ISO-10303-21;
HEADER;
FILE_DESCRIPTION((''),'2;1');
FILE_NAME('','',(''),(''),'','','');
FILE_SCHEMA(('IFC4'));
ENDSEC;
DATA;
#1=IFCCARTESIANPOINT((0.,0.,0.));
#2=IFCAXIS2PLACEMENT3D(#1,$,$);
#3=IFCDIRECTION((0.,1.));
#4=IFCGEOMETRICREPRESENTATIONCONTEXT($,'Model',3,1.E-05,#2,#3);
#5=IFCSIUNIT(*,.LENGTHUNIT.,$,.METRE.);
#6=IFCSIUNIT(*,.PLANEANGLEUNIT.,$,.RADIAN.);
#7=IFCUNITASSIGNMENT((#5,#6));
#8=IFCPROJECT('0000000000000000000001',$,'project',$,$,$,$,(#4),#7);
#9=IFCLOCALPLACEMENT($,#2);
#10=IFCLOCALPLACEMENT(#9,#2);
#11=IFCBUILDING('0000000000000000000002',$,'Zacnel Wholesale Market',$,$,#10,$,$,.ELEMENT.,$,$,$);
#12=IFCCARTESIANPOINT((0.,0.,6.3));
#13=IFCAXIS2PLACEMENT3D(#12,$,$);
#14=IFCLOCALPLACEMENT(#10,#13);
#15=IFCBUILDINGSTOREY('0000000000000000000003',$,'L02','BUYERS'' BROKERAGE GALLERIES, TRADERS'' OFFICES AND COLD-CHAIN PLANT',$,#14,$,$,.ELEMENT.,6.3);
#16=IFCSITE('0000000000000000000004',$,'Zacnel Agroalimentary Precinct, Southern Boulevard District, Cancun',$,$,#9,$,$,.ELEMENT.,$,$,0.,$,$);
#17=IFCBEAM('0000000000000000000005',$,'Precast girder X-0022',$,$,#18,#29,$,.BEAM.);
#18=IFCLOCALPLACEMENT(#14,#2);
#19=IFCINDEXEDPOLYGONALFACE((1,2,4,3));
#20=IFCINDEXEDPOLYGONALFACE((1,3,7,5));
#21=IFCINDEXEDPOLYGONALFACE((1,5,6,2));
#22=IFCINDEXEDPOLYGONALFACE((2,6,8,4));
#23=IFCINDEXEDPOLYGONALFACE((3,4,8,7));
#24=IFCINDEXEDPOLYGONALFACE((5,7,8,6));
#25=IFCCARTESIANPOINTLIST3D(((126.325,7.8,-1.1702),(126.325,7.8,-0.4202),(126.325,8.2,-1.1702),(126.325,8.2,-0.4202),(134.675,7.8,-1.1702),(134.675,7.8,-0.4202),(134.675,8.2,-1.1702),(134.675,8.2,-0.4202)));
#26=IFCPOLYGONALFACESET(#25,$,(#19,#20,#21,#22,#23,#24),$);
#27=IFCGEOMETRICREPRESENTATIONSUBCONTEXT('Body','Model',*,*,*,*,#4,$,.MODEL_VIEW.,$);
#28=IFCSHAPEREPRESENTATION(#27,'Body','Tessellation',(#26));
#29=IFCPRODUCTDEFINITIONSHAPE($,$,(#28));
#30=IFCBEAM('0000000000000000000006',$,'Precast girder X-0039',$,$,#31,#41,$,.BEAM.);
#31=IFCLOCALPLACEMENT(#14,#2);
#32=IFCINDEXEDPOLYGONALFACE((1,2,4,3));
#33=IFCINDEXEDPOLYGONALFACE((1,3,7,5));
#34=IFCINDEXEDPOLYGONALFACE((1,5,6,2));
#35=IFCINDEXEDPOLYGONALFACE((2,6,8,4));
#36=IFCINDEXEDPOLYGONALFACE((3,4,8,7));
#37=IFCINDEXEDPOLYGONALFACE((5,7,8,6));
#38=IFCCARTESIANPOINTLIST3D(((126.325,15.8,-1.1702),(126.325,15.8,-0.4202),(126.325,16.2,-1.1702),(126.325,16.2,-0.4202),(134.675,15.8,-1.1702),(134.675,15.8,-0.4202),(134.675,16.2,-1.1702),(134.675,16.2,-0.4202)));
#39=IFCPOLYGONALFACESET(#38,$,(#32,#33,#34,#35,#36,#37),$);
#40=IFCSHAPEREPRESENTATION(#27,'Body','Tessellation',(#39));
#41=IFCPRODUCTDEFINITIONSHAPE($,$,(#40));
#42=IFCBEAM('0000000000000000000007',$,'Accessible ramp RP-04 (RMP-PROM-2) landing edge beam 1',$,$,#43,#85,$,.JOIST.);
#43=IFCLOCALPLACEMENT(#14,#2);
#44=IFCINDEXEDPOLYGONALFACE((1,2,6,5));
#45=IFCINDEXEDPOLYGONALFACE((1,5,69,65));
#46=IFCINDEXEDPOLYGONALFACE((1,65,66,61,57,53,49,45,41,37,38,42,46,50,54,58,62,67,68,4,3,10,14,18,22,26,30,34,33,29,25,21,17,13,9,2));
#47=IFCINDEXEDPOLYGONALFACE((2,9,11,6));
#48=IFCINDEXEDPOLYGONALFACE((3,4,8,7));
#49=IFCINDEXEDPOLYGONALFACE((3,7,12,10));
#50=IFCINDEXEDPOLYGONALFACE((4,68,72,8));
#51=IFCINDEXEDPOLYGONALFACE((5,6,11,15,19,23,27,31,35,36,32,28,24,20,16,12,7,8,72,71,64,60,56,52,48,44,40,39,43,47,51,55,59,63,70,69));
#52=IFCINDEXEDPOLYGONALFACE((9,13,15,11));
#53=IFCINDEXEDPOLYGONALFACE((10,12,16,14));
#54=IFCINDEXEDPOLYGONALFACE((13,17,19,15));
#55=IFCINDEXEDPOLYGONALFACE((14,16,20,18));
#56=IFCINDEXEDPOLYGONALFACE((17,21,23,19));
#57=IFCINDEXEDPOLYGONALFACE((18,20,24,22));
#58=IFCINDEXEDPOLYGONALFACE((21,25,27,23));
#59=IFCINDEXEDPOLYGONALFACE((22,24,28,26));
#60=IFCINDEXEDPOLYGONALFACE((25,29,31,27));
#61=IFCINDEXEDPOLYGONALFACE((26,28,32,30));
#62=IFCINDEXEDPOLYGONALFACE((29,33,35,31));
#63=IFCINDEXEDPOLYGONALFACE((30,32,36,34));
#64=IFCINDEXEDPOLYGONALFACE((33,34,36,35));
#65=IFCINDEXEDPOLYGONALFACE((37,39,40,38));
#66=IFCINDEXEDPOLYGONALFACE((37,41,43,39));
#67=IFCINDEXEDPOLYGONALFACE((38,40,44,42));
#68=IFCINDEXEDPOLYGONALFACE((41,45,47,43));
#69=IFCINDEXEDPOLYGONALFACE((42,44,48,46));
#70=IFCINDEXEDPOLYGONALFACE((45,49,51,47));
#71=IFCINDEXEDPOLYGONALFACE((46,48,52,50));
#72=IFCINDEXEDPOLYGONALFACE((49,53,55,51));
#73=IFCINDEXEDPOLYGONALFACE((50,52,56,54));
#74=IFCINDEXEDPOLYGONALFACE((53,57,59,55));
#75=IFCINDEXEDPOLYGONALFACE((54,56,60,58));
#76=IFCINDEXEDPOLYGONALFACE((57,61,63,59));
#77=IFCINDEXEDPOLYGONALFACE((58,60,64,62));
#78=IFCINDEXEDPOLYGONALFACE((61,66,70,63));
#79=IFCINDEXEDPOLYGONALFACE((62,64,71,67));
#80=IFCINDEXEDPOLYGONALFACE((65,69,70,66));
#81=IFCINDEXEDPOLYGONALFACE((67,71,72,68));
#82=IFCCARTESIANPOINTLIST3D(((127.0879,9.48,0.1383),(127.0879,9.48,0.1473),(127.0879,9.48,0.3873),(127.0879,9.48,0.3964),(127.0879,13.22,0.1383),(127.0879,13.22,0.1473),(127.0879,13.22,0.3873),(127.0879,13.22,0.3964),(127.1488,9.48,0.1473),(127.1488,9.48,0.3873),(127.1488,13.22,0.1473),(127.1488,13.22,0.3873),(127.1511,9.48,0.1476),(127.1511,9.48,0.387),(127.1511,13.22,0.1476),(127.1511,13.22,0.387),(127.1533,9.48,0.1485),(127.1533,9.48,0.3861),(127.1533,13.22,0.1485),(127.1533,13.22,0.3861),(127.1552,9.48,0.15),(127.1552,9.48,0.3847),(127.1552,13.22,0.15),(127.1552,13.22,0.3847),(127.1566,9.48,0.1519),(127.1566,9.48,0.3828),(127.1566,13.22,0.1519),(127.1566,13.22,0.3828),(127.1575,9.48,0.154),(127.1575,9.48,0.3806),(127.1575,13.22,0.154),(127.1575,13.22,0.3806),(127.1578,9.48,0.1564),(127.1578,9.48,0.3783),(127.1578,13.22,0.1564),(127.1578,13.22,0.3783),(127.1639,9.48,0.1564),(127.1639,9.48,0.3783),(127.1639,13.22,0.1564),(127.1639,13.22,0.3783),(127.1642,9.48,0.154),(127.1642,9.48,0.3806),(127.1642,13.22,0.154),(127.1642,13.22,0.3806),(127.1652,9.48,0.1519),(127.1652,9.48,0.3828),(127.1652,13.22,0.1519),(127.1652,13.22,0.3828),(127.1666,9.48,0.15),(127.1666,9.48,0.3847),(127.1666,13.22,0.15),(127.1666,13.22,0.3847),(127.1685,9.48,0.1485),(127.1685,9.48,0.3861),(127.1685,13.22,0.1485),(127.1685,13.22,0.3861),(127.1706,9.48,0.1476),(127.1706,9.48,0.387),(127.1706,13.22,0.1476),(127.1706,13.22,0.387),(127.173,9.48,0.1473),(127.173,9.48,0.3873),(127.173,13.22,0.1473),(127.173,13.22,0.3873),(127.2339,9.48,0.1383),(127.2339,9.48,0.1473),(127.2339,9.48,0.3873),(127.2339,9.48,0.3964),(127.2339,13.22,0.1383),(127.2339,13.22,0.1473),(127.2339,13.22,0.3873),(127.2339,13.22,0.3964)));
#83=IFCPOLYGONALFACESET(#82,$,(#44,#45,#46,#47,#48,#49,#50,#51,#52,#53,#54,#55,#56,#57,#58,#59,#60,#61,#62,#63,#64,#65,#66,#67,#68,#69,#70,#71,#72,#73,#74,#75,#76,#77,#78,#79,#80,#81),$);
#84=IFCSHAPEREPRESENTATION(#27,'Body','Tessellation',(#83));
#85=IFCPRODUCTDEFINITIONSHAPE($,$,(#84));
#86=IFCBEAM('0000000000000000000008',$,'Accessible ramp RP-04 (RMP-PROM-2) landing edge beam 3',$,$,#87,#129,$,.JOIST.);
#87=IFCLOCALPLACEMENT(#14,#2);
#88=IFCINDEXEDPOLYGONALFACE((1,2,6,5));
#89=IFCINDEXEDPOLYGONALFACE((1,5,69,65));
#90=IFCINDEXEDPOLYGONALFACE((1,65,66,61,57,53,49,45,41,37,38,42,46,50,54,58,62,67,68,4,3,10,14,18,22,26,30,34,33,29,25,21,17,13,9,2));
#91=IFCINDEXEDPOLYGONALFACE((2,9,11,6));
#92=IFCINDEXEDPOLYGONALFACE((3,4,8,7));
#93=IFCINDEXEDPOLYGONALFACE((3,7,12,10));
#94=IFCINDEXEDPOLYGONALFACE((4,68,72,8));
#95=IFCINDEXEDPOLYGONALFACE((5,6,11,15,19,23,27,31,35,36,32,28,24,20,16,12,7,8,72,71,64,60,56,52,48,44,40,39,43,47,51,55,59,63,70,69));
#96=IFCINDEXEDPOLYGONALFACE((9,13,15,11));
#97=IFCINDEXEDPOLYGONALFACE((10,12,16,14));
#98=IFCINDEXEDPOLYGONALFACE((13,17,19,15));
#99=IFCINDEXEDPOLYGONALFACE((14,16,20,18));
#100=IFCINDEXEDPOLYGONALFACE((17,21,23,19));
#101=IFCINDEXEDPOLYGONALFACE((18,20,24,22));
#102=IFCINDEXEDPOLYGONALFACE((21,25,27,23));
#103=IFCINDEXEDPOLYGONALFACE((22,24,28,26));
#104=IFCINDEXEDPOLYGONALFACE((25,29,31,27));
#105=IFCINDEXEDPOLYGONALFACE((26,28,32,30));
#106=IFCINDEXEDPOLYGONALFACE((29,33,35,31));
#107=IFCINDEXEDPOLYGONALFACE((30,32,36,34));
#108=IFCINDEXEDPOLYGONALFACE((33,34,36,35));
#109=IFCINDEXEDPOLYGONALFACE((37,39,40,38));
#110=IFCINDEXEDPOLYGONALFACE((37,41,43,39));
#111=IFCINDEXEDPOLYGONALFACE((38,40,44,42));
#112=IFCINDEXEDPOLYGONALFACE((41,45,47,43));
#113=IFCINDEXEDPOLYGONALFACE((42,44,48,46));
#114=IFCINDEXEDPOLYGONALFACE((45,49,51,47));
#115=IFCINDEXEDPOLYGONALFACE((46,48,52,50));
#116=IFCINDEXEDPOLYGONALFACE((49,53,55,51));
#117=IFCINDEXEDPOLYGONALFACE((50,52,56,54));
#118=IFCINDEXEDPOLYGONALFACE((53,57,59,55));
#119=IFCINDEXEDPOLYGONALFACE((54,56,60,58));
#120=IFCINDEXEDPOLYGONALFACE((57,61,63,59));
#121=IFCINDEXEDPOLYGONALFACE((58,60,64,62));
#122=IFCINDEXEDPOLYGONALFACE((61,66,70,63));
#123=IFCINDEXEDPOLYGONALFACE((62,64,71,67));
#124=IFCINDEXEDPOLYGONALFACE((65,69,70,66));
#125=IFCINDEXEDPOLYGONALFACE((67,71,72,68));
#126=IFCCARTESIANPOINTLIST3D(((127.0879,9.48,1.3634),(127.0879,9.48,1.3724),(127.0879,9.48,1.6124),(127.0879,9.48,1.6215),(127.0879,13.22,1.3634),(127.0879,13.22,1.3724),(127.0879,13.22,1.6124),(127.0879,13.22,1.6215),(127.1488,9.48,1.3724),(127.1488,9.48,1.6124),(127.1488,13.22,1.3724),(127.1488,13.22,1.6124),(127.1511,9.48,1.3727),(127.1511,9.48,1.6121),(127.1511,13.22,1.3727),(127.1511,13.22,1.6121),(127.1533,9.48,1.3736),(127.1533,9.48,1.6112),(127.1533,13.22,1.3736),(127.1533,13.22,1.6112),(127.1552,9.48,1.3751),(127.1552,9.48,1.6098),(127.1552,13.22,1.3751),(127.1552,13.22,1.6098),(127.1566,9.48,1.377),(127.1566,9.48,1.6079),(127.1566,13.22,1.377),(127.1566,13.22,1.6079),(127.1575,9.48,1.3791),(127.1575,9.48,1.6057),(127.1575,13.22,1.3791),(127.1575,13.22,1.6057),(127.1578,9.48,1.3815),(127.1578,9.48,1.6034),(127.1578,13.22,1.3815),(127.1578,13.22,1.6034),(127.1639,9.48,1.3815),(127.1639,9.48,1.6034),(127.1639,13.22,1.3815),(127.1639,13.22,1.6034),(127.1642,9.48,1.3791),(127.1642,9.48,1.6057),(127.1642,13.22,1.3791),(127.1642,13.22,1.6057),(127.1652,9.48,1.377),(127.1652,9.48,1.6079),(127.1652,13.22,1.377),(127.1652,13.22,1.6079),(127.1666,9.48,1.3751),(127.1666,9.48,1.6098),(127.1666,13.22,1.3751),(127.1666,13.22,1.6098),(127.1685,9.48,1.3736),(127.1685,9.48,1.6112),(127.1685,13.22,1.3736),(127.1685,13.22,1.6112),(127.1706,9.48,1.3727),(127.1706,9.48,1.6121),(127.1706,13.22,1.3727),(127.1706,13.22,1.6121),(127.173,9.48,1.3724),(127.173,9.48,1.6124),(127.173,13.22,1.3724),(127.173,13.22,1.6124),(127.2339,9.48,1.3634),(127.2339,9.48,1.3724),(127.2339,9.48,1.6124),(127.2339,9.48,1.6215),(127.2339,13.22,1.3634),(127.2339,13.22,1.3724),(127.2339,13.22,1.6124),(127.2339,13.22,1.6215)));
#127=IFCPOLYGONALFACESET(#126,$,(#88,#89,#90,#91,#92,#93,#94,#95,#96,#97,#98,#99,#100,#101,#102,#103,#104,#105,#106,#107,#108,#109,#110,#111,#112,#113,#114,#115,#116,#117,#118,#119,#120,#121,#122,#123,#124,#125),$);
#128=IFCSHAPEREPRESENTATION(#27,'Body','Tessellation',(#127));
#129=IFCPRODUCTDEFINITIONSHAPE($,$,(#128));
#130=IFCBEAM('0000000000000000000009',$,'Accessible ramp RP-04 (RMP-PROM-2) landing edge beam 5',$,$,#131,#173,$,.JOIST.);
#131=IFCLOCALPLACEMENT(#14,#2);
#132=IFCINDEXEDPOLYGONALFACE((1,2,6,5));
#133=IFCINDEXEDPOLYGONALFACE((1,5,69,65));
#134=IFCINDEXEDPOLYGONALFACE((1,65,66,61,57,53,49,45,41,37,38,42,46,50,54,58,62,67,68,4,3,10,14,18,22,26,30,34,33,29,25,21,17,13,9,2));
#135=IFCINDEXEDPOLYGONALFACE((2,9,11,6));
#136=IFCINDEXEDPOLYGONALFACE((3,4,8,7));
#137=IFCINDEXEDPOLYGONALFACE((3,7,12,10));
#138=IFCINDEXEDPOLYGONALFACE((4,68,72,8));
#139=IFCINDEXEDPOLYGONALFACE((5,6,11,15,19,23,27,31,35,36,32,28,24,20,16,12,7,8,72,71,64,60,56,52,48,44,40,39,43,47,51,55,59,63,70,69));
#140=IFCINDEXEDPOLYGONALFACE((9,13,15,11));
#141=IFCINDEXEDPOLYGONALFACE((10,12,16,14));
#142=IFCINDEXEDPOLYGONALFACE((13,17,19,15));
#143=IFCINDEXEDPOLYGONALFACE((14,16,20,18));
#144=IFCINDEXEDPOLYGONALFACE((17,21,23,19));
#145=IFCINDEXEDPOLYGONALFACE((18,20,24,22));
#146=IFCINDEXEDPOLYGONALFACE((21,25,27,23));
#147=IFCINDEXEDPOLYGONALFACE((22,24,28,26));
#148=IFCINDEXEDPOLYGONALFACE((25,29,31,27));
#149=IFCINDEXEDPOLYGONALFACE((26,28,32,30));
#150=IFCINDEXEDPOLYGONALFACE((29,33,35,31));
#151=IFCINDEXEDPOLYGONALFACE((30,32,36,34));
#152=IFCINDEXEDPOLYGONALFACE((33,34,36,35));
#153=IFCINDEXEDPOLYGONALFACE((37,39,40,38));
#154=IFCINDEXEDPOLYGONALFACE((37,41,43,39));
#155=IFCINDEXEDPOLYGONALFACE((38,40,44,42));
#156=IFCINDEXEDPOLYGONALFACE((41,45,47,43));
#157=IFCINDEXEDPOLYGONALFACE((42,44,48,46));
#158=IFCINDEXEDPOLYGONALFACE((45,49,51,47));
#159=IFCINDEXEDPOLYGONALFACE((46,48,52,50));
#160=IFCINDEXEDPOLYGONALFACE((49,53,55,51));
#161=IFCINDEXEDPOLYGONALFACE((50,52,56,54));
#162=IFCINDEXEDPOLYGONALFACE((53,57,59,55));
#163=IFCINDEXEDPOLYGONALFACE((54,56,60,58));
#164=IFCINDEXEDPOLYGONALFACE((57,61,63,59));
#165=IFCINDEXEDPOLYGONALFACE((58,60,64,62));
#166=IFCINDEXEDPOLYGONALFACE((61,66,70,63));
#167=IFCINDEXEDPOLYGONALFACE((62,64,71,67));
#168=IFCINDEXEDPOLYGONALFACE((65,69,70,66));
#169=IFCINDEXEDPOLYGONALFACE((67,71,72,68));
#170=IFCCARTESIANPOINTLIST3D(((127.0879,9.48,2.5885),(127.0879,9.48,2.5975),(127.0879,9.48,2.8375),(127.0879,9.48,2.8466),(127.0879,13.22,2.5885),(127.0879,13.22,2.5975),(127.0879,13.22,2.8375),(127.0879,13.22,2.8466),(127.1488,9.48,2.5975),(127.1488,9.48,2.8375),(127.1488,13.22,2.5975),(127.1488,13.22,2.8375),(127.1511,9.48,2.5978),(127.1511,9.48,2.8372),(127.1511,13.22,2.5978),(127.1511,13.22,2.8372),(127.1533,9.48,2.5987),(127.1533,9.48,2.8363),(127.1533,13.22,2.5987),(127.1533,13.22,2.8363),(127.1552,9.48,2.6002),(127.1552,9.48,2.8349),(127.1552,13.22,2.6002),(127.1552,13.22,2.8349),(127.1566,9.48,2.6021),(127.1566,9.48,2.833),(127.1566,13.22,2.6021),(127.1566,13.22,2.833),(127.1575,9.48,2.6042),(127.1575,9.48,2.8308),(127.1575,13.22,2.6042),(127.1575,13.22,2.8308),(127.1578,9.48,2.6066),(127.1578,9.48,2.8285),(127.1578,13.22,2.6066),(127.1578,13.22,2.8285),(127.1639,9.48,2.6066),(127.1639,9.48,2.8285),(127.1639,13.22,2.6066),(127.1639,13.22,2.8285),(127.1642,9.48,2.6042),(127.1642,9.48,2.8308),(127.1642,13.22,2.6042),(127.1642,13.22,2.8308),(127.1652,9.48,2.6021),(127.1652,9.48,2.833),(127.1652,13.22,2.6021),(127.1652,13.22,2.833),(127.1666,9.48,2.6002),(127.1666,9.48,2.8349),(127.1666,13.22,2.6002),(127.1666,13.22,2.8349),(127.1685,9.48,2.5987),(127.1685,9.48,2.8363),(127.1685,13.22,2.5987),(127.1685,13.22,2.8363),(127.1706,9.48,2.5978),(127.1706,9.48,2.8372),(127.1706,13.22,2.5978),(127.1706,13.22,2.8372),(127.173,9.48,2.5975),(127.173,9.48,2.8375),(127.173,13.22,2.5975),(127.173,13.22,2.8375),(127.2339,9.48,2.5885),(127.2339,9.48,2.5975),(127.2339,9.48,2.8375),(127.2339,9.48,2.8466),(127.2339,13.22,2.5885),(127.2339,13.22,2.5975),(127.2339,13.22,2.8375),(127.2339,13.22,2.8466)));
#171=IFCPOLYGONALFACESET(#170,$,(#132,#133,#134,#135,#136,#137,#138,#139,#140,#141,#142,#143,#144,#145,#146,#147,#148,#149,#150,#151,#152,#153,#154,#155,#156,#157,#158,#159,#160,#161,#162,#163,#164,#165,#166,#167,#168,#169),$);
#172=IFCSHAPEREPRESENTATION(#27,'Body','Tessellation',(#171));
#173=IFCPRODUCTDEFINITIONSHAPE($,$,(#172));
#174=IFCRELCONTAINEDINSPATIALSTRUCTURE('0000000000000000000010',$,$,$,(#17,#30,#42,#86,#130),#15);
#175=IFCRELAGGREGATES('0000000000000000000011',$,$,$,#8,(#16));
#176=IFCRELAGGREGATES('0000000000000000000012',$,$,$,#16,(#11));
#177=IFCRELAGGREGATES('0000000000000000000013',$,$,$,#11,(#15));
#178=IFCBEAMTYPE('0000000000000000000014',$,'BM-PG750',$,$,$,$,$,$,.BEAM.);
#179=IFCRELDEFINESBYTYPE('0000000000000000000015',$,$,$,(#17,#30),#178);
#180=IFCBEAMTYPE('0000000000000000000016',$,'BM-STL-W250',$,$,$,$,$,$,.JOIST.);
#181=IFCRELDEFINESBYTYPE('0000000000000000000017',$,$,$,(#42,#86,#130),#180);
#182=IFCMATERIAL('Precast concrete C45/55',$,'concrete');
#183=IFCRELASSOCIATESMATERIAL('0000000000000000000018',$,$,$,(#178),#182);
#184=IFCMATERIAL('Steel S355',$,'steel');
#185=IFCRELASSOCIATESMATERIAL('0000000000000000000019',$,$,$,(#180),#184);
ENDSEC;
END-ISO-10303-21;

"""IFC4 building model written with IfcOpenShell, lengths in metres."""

from ifc_helpers import new_model, si_unit, direction, frame, origin, origin_2d, place, context, subcontext, project, spatial, rectangle, i_section, extrude, material, material_profile, profile_set, type_object, element, save


model = new_model("IFC4")

# Units and contexts
model_context = context("Model", 3, precision=1e-05, world=origin(), true_north=direction((0.0, 1.0)))
body_context = subcontext(model_context, "Body", "Model", "MODEL_VIEW")
ifc_project = project(units=[si_unit("LENGTHUNIT", "METRE"), si_unit("PLANEANGLEUNIT", "RADIAN")], contexts=[model_context])

# Site, building, storey
site_placement = place(None, origin())
site = spatial("IfcSite", under=ifc_project, at=site_placement, Name="Zacnel Agroalimentary Precinct, Southern Boulevard District, Cancun", CompositionType="ELEMENT", RefElevation=0.0)
building_placement = place(site_placement, origin())
building = spatial("IfcBuilding", under=site, at=building_placement, Name="Zacnel Wholesale Market", CompositionType="ELEMENT")
storey_placement = place(building_placement, frame((0.0, 0.0, 6.3)))
storey = spatial("IfcBuildingStorey", under=building, at=storey_placement, Name="L02", Description="BUYERS' BROKERAGE GALLERIES, TRADERS' OFFICES AND COLD-CHAIN PLANT", CompositionType="ELEMENT", Elevation=6.3)

# Beams
ifc_material_1 = material(Name="Precast concrete C45/55", Category="concrete")
ifc_material_profile_1 = material_profile(ifc_material_1, rectangle(XDim=0.3999, YDim=0.75, at=origin_2d()), Name="PG 400x750")
ifc_profile_set_1 = profile_set([ifc_material_profile_1], Name="Precast concrete C45/55")
beam_type_1 = type_object("IfcBeamType", Name="BM-PG750", PredefinedType="BEAM", material=ifc_profile_set_1)
for number, where, z_axis, x_axis, name in (
    (1, (126.325, 8.0, -0.7952), (1.0, 0.0, 0.0), (0.0, 1.0, 0.0), "Precast girder X-0022"),
    (2, (126.325, 16.0, -0.7952), (1.0, 0.0, 0.0), (0.0, 1.0, 0.0), "Precast girder X-0039"),
):
    element("IfcBeam", number, at=place(storey_placement, frame(where, z_axis=z_axis, x_axis=x_axis)), inside=storey, type_object=beam_type_1, Name=name, PredefinedType="BEAM", context=body_context, shape_type="SweptSolid", body=[
        extrude(rectangle(XDim=0.3999, YDim=0.75, at=origin_2d()), origin(), (0.0, 0.0, 1.0), 8.3501),
    ])
ifc_material_2 = material(Name="Steel S355", Category="steel")
ifc_material_profile_2 = material_profile(ifc_material_2, i_section(OverallWidth=0.146, OverallDepth=0.2581, WebThickness=0.0061, FlangeThickness=0.009, FilletRadius=0.009, at=origin_2d()), Name="W250X32.7")
ifc_profile_set_2 = profile_set([ifc_material_profile_2], Name="Steel S355")
beam_type_2 = type_object("IfcBeamType", Name="BM-STL-W250", PredefinedType="JOIST", material=ifc_profile_set_2)
for number, where, z_axis, x_axis, name in (
    (3, (127.1609, 9.48, 0.2673), (0.0, 1.0, 0.0), (-1.0, 0.0, 0.0), "Accessible ramp RP-04 (RMP-PROM-2) landing edge beam 1"),
    (4, (127.1609, 9.48, 1.4924), (0.0, 1.0, 0.0), (-1.0, 0.0, 0.0), "Accessible ramp RP-04 (RMP-PROM-2) landing edge beam 3"),
    (5, (127.1609, 9.48, 2.7175), (0.0, 1.0, 0.0), (-1.0, 0.0, 0.0), "Accessible ramp RP-04 (RMP-PROM-2) landing edge beam 5"),
):
    element("IfcBeam", number, at=place(storey_placement, frame(where, z_axis=z_axis, x_axis=x_axis)), inside=storey, type_object=beam_type_2, Name=name, PredefinedType="JOIST", context=body_context, shape_type="SweptSolid", body=[
        extrude(i_section(OverallWidth=0.146, OverallDepth=0.2581, WebThickness=0.0061, FlangeThickness=0.009, FilletRadius=0.009, at=origin_2d()), origin(), (0.0, 0.0, 1.0), 3.74),
    ])

save(model, "model.ifc")
